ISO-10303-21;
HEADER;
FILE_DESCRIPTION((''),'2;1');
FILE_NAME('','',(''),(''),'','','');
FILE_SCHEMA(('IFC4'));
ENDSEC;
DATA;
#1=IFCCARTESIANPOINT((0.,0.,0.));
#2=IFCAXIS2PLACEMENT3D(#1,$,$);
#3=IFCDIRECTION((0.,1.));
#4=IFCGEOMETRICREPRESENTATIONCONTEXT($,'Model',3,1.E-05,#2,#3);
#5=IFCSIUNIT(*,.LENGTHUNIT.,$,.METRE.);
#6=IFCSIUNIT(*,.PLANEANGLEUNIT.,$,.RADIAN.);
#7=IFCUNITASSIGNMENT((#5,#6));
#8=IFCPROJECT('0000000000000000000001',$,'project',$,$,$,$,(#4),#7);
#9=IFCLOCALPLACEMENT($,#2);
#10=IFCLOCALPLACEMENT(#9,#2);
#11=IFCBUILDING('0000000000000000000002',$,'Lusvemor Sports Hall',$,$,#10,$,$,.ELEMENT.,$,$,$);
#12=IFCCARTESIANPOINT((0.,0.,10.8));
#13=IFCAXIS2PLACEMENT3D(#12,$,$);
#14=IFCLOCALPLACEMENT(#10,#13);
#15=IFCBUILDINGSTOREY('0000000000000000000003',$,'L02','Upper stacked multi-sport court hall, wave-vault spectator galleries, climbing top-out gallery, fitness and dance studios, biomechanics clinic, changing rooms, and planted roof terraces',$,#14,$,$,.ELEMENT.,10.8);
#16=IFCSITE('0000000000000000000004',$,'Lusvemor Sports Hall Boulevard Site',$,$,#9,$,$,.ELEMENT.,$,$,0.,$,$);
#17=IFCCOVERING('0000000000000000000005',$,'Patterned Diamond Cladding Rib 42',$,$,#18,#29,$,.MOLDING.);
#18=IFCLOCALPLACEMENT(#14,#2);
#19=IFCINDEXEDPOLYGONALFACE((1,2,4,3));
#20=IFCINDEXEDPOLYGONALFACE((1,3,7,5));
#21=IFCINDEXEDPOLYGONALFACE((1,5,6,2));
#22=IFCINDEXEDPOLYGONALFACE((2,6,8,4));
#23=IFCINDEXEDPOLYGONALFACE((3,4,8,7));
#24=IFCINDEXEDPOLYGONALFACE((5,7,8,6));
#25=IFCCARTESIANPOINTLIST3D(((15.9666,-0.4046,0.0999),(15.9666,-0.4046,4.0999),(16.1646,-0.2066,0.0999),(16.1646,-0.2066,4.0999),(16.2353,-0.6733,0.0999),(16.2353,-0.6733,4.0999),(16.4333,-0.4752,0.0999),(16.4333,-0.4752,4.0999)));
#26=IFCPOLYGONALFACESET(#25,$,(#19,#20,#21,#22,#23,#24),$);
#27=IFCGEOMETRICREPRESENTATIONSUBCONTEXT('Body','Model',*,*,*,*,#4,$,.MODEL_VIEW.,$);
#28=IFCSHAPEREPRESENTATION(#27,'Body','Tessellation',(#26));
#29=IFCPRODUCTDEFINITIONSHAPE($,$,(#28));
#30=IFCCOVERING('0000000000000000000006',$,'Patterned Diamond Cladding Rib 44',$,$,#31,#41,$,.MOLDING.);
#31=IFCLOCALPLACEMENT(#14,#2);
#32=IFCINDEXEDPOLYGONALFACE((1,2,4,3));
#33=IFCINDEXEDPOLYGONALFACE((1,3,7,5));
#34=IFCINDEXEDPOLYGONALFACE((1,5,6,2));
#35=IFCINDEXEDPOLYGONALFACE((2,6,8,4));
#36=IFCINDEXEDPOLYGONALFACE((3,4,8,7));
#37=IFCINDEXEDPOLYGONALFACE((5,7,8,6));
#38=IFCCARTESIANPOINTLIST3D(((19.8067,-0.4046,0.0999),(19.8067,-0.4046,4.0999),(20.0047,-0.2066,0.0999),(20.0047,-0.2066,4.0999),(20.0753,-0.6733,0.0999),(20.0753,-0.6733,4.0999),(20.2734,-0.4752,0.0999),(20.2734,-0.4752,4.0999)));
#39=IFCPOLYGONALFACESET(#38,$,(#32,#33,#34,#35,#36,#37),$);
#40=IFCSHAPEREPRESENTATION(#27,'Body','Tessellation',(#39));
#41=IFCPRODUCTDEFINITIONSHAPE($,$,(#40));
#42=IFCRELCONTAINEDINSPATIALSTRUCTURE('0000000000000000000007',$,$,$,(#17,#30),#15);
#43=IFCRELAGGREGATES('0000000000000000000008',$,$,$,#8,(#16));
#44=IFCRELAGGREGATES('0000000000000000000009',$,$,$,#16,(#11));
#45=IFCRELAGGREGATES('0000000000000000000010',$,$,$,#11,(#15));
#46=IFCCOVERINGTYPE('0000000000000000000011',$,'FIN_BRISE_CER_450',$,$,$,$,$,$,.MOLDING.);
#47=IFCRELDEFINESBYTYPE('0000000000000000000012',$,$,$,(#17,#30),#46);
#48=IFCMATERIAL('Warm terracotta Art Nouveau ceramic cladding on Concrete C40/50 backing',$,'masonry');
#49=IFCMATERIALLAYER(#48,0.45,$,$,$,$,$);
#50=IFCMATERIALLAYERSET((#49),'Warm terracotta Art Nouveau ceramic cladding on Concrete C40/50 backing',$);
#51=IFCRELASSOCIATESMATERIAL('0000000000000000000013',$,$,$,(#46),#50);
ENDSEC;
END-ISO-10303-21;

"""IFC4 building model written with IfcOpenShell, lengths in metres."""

from ifc_helpers import new_model, si_unit, direction, frame, origin, origin_2d, place, context, subcontext, project, spatial, rectangle, extrude, material, layer, layer_set, type_object, element, save


model = new_model("IFC4")

# Units and contexts
model_context = context("Model", 3, precision=1e-05, world=origin(), true_north=direction((0.0, 1.0)))
body_context = subcontext(model_context, "Body", "Model", "MODEL_VIEW")
ifc_project = project(units=[si_unit("LENGTHUNIT", "METRE"), si_unit("PLANEANGLEUNIT", "RADIAN")], contexts=[model_context])

# Site, building, storey
site_placement = place(None, origin())
site = spatial("IfcSite", under=ifc_project, at=site_placement, Name="Lusvemor Sports Hall Boulevard Site", CompositionType="ELEMENT", RefElevation=0.0)
building_placement = place(site_placement, origin())
building = spatial("IfcBuilding", under=site, at=building_placement, Name="Lusvemor Sports Hall", CompositionType="ELEMENT")
storey_placement = place(building_placement, frame((0.0, 0.0, 10.8)))
storey = spatial("IfcBuildingStorey", under=building, at=storey_placement, Name="L02", Description="Upper stacked multi-sport court hall, wave-vault spectator galleries, climbing top-out gallery, fitness and dance studios, biomechanics clinic, changing rooms, and planted roof terraces", CompositionType="ELEMENT", Elevation=10.8)

# Coverings
ifc_material_1 = material(Name="Warm terracotta Art Nouveau ceramic cladding on Concrete C40/50 backing", Category="masonry")
ifc_layer_1 = layer(ifc_material_1, 0.45)
ifc_layer_set_1 = layer_set([ifc_layer_1], Name="Warm terracotta Art Nouveau ceramic cladding on Concrete C40/50 backing")
covering_type_1 = type_object("IfcCoveringType", Name="FIN_BRISE_CER_450", PredefinedType="MOLDING", material=ifc_layer_set_1)
for number, where, z_axis, x_axis, name in (
    (1, (16.2, -0.4399, 0.0999), (0.0, 0.0, 1.0), (0.707107, 0.707107, 0.0), "Patterned Diamond Cladding Rib 42"),
    (2, (20.04, -0.4399, 0.0999), (0.0, 0.0, 1.0), (0.707107, 0.707107, 0.0), "Patterned Diamond Cladding Rib 44"),
):
    element("IfcCovering", number, at=place(storey_placement, frame(where, z_axis=z_axis, x_axis=x_axis)), inside=storey, type_object=covering_type_1, Name=name, PredefinedType="MOLDING", context=body_context, shape_type="SweptSolid", body=[
        extrude(rectangle(XDim=0.28, YDim=0.3799, at=origin_2d()), origin(), (0.0, 0.0, 1.0), 4.0),
    ])

save(model, "model.ifc")
